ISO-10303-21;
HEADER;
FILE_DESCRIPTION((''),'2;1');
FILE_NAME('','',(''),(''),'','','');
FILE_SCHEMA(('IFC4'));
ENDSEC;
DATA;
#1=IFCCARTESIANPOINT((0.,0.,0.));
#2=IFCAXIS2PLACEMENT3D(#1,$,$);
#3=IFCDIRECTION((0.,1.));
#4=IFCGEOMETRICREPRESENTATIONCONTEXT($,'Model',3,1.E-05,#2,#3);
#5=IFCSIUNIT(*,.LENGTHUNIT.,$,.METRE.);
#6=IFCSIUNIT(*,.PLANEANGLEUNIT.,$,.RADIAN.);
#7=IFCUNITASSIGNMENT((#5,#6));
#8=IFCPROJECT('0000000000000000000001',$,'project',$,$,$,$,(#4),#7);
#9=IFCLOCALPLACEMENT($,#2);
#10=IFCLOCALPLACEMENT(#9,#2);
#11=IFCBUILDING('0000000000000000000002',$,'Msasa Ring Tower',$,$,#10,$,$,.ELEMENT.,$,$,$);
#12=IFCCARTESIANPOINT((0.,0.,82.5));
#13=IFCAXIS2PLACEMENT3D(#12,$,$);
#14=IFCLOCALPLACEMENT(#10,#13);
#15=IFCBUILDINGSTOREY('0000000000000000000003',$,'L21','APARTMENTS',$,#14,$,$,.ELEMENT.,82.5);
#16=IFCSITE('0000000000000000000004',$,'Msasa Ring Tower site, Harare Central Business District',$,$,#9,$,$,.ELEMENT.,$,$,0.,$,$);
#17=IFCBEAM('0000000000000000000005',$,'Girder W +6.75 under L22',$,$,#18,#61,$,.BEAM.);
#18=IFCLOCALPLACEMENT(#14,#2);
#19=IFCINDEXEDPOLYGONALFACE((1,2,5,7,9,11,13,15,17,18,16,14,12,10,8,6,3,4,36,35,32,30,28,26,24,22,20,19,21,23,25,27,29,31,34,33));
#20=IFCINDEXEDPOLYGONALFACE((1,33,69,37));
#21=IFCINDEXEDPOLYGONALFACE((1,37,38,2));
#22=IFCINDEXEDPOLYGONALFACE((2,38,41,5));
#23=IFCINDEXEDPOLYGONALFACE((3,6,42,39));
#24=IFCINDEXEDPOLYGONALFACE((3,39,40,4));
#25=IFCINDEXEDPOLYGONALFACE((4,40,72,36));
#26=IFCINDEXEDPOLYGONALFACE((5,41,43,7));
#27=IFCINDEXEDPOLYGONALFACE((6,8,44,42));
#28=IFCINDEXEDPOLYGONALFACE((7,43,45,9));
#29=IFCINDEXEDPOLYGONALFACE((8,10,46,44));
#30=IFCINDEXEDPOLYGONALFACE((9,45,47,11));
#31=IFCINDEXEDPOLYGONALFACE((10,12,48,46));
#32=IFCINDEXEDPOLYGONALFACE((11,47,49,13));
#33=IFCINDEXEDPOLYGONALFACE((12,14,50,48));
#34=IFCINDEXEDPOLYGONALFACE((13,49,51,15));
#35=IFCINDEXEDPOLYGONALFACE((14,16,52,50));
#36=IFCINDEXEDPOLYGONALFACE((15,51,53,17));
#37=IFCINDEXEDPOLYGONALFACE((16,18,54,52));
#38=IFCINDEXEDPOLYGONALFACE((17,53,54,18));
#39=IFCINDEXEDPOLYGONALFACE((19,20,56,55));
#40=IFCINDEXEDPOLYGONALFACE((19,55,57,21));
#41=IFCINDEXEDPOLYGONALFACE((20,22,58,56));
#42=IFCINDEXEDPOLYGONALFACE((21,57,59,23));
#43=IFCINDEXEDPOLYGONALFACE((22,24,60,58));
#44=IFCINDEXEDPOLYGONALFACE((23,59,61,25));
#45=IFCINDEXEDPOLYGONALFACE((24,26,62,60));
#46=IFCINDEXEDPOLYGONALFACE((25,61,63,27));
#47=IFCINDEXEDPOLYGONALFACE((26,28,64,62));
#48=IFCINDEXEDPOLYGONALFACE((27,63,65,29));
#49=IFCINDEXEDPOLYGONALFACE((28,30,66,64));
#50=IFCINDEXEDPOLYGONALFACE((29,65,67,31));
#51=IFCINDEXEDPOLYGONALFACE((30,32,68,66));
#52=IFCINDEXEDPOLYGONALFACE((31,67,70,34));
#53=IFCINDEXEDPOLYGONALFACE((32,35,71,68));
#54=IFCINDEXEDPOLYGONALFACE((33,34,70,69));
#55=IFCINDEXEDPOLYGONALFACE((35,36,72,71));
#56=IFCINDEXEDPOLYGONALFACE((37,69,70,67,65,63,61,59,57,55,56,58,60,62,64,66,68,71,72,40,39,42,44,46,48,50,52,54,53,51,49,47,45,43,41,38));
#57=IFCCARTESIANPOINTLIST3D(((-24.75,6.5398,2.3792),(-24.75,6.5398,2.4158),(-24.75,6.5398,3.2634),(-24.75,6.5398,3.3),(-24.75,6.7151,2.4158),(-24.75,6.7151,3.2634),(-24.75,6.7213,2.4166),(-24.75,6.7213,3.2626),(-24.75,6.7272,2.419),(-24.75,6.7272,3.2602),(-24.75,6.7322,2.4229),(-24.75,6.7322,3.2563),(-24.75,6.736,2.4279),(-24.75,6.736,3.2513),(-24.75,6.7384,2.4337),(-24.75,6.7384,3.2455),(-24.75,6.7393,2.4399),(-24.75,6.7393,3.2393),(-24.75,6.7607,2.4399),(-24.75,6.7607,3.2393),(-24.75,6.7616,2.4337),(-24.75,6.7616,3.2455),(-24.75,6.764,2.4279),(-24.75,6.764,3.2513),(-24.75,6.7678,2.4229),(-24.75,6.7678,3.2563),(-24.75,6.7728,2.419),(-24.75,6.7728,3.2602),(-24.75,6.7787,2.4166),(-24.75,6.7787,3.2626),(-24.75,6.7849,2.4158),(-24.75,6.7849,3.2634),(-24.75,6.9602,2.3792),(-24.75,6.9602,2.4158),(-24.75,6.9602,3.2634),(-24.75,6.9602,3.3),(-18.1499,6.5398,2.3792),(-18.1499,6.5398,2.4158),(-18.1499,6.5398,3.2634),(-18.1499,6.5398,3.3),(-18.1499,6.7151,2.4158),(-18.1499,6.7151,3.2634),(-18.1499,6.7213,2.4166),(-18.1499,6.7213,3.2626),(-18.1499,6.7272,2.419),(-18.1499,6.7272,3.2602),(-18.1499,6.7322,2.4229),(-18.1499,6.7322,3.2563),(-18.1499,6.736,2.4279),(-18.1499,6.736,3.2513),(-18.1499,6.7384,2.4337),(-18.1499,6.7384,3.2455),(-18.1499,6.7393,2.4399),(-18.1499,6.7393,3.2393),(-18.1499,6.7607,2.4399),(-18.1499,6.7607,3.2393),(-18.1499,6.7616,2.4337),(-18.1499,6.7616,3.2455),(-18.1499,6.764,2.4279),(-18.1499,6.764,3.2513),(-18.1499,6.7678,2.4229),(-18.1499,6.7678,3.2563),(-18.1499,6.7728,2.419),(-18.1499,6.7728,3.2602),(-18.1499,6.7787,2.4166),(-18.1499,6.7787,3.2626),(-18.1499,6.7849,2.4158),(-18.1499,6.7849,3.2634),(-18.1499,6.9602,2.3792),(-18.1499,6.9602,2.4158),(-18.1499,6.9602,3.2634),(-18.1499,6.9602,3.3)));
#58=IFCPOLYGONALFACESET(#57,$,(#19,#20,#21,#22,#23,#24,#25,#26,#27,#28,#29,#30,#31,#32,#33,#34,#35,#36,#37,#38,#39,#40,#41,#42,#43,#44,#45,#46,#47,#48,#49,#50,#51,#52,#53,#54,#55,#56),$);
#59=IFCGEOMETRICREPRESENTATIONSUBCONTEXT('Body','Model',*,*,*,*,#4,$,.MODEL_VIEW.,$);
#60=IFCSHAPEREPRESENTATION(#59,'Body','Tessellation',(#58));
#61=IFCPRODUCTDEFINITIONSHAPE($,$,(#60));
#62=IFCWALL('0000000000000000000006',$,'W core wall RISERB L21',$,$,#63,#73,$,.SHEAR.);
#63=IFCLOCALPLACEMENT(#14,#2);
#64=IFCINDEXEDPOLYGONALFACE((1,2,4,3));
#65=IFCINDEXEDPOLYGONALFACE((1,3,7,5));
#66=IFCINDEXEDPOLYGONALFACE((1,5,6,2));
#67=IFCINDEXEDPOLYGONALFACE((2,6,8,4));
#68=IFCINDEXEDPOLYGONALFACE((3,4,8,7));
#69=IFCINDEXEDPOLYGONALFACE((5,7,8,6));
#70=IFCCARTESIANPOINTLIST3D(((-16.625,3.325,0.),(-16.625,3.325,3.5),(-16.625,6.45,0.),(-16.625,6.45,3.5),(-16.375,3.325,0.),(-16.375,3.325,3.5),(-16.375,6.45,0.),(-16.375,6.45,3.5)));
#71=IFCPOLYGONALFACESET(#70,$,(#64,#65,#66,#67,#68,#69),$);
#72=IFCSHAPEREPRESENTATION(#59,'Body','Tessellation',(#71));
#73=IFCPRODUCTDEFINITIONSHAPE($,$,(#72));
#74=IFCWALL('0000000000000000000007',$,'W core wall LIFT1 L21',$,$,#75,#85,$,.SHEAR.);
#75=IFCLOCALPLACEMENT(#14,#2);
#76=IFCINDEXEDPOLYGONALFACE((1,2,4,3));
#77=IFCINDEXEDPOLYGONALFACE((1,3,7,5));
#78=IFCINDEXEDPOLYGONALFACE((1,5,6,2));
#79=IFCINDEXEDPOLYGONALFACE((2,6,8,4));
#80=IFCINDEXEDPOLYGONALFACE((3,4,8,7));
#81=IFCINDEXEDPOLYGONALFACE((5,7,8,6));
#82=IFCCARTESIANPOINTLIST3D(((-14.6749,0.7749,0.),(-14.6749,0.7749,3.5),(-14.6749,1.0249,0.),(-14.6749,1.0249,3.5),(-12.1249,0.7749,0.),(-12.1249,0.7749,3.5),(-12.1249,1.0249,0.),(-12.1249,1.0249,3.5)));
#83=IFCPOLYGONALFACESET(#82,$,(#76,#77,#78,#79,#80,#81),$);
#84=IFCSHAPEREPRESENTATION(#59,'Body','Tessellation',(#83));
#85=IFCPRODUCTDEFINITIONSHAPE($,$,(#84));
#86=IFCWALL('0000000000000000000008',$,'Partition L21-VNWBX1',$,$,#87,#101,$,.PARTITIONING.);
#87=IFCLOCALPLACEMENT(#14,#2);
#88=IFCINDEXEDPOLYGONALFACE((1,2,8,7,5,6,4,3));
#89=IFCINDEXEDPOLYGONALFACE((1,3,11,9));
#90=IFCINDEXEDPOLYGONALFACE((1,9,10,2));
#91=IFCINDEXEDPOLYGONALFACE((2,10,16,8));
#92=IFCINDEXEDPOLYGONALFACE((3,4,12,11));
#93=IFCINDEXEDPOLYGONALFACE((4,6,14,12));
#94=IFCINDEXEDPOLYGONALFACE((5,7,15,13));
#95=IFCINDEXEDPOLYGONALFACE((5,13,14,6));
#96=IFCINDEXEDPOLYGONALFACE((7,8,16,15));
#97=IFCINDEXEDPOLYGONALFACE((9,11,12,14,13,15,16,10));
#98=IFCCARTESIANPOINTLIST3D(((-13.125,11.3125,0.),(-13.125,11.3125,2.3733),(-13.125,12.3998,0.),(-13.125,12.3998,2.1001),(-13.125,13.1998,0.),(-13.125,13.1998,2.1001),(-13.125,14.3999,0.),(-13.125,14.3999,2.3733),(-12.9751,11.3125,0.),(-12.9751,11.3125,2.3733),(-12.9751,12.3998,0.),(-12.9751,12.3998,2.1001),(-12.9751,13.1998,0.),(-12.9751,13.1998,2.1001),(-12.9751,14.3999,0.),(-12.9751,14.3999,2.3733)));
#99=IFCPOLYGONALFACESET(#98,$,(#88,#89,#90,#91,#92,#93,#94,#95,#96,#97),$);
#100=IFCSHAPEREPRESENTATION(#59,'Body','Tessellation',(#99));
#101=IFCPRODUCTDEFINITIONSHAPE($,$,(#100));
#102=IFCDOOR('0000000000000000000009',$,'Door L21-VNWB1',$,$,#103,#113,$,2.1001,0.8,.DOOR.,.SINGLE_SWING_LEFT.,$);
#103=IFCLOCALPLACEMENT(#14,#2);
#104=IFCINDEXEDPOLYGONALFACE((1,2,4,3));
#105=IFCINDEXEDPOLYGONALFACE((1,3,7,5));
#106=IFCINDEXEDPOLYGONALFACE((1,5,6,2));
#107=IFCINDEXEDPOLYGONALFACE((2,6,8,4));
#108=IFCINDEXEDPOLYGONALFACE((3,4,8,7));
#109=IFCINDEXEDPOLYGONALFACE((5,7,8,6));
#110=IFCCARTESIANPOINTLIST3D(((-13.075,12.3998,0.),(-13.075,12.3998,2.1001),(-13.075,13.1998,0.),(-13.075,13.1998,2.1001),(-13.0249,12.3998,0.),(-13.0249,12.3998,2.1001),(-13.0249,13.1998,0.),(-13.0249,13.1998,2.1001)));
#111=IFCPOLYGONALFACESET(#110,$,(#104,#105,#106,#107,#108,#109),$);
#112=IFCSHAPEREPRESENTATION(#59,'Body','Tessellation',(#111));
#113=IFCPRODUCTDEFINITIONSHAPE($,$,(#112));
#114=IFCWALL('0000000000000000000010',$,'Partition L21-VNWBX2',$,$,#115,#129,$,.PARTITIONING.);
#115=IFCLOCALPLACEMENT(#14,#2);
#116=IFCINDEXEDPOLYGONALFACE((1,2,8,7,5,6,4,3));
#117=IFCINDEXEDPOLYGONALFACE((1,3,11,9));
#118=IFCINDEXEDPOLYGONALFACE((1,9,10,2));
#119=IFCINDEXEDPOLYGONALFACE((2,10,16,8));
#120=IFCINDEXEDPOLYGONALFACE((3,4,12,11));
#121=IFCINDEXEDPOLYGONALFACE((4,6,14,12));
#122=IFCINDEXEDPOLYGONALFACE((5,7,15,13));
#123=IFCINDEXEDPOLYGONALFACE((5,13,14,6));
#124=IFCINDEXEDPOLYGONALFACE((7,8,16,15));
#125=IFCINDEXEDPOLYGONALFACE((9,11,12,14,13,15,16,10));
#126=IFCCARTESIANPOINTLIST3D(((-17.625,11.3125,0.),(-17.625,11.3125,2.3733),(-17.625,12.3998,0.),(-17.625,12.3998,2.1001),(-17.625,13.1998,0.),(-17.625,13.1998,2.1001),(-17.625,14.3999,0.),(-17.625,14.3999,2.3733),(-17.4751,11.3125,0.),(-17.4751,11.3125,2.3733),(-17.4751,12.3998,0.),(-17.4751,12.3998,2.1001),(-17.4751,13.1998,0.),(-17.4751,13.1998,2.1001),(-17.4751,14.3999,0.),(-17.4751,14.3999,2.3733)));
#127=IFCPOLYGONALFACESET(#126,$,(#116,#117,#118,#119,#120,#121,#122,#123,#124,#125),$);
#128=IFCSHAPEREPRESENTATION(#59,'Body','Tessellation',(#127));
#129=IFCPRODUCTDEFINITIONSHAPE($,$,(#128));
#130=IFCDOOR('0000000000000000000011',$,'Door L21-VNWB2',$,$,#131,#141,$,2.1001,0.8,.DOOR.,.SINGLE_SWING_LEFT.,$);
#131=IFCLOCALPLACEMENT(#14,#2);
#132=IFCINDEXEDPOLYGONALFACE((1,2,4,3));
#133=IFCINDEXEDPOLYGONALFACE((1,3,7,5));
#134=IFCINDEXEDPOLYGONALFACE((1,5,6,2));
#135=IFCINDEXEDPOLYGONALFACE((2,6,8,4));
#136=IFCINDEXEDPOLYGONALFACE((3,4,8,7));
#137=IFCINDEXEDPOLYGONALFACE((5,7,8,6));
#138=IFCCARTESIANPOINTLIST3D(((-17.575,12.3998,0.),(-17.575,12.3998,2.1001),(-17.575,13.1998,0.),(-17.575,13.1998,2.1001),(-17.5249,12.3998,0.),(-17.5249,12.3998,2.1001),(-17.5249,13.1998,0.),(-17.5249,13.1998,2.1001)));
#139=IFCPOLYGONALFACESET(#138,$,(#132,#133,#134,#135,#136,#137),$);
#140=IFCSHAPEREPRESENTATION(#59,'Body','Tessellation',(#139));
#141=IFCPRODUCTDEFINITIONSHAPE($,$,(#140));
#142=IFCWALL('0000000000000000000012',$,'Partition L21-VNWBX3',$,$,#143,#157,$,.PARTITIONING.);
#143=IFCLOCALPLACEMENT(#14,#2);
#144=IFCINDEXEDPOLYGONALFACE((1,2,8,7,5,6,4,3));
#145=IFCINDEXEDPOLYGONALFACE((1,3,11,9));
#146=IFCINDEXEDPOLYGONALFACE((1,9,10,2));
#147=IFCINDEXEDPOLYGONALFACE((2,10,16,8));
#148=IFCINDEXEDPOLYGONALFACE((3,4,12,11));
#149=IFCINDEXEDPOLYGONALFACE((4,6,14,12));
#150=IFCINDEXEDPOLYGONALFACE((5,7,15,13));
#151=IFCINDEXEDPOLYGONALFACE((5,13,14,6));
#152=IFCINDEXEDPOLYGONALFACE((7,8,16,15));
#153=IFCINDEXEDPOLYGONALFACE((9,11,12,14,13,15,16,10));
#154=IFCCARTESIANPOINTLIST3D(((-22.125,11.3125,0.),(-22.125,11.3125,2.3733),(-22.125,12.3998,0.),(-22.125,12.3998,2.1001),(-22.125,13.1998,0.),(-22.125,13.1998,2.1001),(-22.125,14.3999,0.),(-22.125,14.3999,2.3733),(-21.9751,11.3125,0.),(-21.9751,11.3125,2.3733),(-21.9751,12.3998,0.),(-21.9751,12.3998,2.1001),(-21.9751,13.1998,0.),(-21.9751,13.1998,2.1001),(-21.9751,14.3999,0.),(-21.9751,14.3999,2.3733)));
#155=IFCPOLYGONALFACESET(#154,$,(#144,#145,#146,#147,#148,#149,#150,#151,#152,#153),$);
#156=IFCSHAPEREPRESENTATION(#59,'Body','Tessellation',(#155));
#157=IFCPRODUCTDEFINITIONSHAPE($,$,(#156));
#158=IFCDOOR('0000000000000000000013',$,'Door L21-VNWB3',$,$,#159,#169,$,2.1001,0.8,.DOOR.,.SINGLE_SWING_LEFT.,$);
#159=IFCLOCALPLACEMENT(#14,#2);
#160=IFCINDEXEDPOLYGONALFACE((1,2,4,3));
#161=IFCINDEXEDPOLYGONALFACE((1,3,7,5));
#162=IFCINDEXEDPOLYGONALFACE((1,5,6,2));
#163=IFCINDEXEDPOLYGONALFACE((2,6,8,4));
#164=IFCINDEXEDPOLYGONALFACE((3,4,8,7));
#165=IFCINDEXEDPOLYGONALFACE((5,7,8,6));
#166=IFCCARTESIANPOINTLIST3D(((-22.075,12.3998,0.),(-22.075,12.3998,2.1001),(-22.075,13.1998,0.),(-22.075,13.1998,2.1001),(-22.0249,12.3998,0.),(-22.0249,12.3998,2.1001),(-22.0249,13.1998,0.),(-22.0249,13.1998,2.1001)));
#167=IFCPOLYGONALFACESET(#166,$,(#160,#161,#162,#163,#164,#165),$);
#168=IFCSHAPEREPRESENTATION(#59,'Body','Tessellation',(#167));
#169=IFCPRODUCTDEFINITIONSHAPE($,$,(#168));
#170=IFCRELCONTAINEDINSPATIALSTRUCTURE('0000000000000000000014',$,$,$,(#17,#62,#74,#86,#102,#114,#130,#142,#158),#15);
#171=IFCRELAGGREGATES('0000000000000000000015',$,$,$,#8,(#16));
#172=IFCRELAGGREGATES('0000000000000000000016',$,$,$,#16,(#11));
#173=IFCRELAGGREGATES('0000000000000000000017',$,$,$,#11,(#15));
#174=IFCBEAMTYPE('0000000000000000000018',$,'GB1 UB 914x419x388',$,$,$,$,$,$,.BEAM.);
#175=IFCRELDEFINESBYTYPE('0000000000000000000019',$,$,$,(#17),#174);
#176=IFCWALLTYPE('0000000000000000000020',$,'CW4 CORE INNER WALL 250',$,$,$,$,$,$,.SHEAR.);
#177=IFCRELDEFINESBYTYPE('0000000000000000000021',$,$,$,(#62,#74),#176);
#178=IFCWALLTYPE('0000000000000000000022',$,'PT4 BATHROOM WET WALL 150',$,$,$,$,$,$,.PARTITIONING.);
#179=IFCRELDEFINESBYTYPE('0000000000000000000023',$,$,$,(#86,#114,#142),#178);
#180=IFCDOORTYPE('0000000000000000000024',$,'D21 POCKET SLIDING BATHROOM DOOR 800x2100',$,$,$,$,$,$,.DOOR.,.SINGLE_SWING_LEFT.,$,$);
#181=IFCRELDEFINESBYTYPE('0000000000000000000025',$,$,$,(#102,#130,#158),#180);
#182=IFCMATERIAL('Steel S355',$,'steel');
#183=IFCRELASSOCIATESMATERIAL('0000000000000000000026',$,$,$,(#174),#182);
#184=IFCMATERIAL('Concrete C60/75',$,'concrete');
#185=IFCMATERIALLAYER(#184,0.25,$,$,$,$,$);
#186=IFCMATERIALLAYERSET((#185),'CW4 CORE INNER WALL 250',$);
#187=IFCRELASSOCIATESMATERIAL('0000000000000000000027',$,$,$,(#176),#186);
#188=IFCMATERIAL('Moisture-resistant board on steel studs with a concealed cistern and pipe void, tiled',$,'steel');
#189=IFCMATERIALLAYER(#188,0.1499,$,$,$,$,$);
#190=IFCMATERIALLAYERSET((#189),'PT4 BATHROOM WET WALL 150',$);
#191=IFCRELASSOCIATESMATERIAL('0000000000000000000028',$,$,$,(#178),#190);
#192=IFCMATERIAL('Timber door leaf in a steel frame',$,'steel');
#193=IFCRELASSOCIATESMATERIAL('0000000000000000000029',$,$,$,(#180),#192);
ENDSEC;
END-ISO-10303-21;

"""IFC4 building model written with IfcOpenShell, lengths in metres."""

from ifc_helpers import new_model, si_unit, direction, frame, frame_2d, origin, origin_2d, place, context, subcontext, project, spatial, rectangle, i_section, extrude, material, layer, layer_set, material_profile, profile_set, type_object, element, fill, save


model = new_model("IFC4")

# Units and contexts
model_context = context("Model", 3, precision=1e-05, world=origin(), true_north=direction((0.0, 1.0)))
body_context = subcontext(model_context, "Body", "Model", "MODEL_VIEW")
ifc_project = project(units=[si_unit("LENGTHUNIT", "METRE"), si_unit("PLANEANGLEUNIT", "RADIAN")], contexts=[model_context])

# Site, building, storey
site_placement = place(None, origin())
site = spatial("IfcSite", under=ifc_project, at=site_placement, Name="Msasa Ring Tower site, Harare Central Business District", CompositionType="ELEMENT", RefElevation=0.0)
building_placement = place(site_placement, origin())
building = spatial("IfcBuilding", under=site, at=building_placement, Name="Msasa Ring Tower", CompositionType="ELEMENT")
storey_placement = place(building_placement, frame((0.0, 0.0, 82.5)))
storey = spatial("IfcBuildingStorey", under=building, at=storey_placement, Name="L21", Description="APARTMENTS", CompositionType="ELEMENT", Elevation=82.5)

# Beam
ifc_material_1 = material(Name="Steel S355", Category="steel")
ifc_material_profile = material_profile(ifc_material_1, i_section(OverallWidth=0.4204, OverallDepth=0.9209, WebThickness=0.0215, FlangeThickness=0.0366, FilletRadius=0.0242, at=origin_2d()), Name="UB 914x419x388")
ifc_profile_set = profile_set([ifc_material_profile], Name="Steel S355")
beam_type = type_object("IfcBeamType", Name="GB1 UB 914x419x388", PredefinedType="BEAM", material=ifc_profile_set)
beam_placement = place(storey_placement, frame((-18.1499, 6.75, 2.8396), z_axis=(-1.0, 0.0, 0.0), x_axis=(0.0, -1.0, 0.0)))
element("IfcBeam", 1, at=beam_placement, inside=storey, type_object=beam_type, Name="Girder W +6.75 under L22", PredefinedType="BEAM", context=body_context, shape_type="SweptSolid", body=[
    extrude(i_section(OverallWidth=0.4204, OverallDepth=0.9209, WebThickness=0.0215, FlangeThickness=0.0366, FilletRadius=0.0242, at=origin_2d()), origin(), (0.0, 0.0, 1.0), 6.6001),
])

# Walls
ifc_material_2 = material(Name="Concrete C60/75", Category="concrete")
ifc_layer_1 = layer(ifc_material_2, 0.25)
ifc_layer_set_1 = layer_set([ifc_layer_1], Name="CW4 CORE INNER WALL 250")
wall_type_1 = type_object("IfcWallType", Name="CW4 CORE INNER WALL 250", PredefinedType="SHEAR", material=ifc_layer_set_1)
wall_1_placement = place(storey_placement, frame((-16.5, 3.325, 0.0), z_axis=(0.0, 0.0, 1.0), x_axis=(0.0, 1.0, 0.0)))
element("IfcWall", 2, at=wall_1_placement, inside=storey, type_object=wall_type_1, Name="W core wall RISERB L21", PredefinedType="SHEAR", context=body_context, shape_type="SweptSolid", body=[
    extrude(rectangle(XDim=3.125, YDim=0.25, at=frame_2d((1.5625, 0.0))), origin(), (0.0, 0.0, 1.0), 3.5),
])
wall_2_placement = place(storey_placement, frame((-12.125, 0.8999, 0.0), z_axis=(0.0, 0.0, 1.0), x_axis=(-1.0, 0.0, 0.0)))
element("IfcWall", 3, at=wall_2_placement, inside=storey, type_object=wall_type_1, Name="W core wall LIFT1 L21", PredefinedType="SHEAR", context=body_context, shape_type="SweptSolid", body=[
    extrude(rectangle(XDim=2.55, YDim=0.25, at=frame_2d((1.2749, 0.0))), origin(), (0.0, 0.0, 1.0), 3.5),
])

# Walls, openings, doors
ifc_material_3 = material(Name="Moisture-resistant board on steel studs with a concealed cistern and pipe void, tiled", Category="steel")
ifc_layer_2 = layer(ifc_material_3, 0.1499)
ifc_layer_set_2 = layer_set([ifc_layer_2], Name="PT4 BATHROOM WET WALL 150")
wall_type_2 = type_object("IfcWallType", Name="PT4 BATHROOM WET WALL 150", PredefinedType="PARTITIONING", material=ifc_layer_set_2)
wall_3_placement = place(storey_placement, frame((-13.05, 11.3125, 0.0), z_axis=(0.0, 0.0, 1.0), x_axis=(0.0, 1.0, 0.0)))
wall_3 = element("IfcWall", 4, at=wall_3_placement, inside=storey, type_object=wall_type_2, Name="Partition L21-VNWBX1", PredefinedType="PARTITIONING", context=body_context, shape_type="SweptSolid", body=[
    extrude(rectangle(XDim=3.0874, YDim=0.1499, at=frame_2d((1.5437, 0.0))), origin(), (0.0, 0.0, 1.0), 2.3733),
])
opening_1_placement = place(wall_3_placement, frame((1.0874, 0.0, 0.0)))
opening_1 = element("IfcOpeningElement", 5, at=opening_1_placement, cuts=wall_3, PredefinedType="OPENING", context=body_context, shape_type="SweptSolid", body=[
    extrude(rectangle(XDim=0.8, YDim=2.1001, at=frame_2d((0.3999, 1.05))), frame((0.0, 0.085, 0.0), z_axis=(0.0, -1.0, 0.0), x_axis=(1.0, 0.0, 0.0)), (0.0, 0.0, 1.0), 0.1699),
])
ifc_material_4 = material(Name="Timber door leaf in a steel frame", Category="steel")
door_type = type_object("IfcDoorType", Name="D21 POCKET SLIDING BATHROOM DOOR 800x2100", OperationType="SINGLE_SWING_LEFT", PredefinedType="DOOR", material=ifc_material_4)
door_1_placement = place(opening_1_placement, origin())
door_1 = element("IfcDoor", 6, at=door_1_placement, inside=storey, type_object=door_type, Name="Door L21-VNWB1", OperationType="SINGLE_SWING_LEFT", OverallHeight=2.1001, OverallWidth=0.8, PredefinedType="DOOR", context=body_context, shape_type="SweptSolid", body=[
    extrude(rectangle(XDim=0.8, YDim=2.1001, at=frame_2d((0.3999, 1.05))), frame((0.0, 0.0249, 0.0), z_axis=(0.0, -1.0, 0.0), x_axis=(1.0, 0.0, 0.0)), (0.0, 0.0, 1.0), 0.05),
])
fill(opening_1, door_1)
wall_4_placement = place(storey_placement, frame((-17.55, 11.3125, 0.0), z_axis=(0.0, 0.0, 1.0), x_axis=(0.0, 1.0, 0.0)))
wall_4 = element("IfcWall", 7, at=wall_4_placement, inside=storey, type_object=wall_type_2, Name="Partition L21-VNWBX2", PredefinedType="PARTITIONING", context=body_context, shape_type="SweptSolid", body=[
    extrude(rectangle(XDim=3.0874, YDim=0.1499, at=frame_2d((1.5437, 0.0))), origin(), (0.0, 0.0, 1.0), 2.3733),
])
opening_2_placement = place(wall_4_placement, frame((1.0874, 0.0, 0.0)))
opening_2 = element("IfcOpeningElement", 8, at=opening_2_placement, cuts=wall_4, PredefinedType="OPENING", context=body_context, shape_type="SweptSolid", body=[
    extrude(rectangle(XDim=0.8, YDim=2.1001, at=frame_2d((0.3999, 1.05))), frame((0.0, 0.085, 0.0), z_axis=(0.0, -1.0, 0.0), x_axis=(1.0, 0.0, 0.0)), (0.0, 0.0, 1.0), 0.1699),
])
door_2_placement = place(opening_2_placement, origin())
door_2 = element("IfcDoor", 9, at=door_2_placement, inside=storey, type_object=door_type, Name="Door L21-VNWB2", OperationType="SINGLE_SWING_LEFT", OverallHeight=2.1001, OverallWidth=0.8, PredefinedType="DOOR", context=body_context, shape_type="SweptSolid", body=[
    extrude(rectangle(XDim=0.8, YDim=2.1001, at=frame_2d((0.3999, 1.05))), frame((0.0, 0.0249, 0.0), z_axis=(0.0, -1.0, 0.0), x_axis=(1.0, 0.0, 0.0)), (0.0, 0.0, 1.0), 0.05),
])
fill(opening_2, door_2)
wall_5_placement = place(storey_placement, frame((-22.05, 11.3125, 0.0), z_axis=(0.0, 0.0, 1.0), x_axis=(0.0, 1.0, 0.0)))
wall_5 = element("IfcWall", 10, at=wall_5_placement, inside=storey, type_object=wall_type_2, Name="Partition L21-VNWBX3", PredefinedType="PARTITIONING", context=body_context, shape_type="SweptSolid", body=[
    extrude(rectangle(XDim=3.0874, YDim=0.1499, at=frame_2d((1.5437, 0.0))), origin(), (0.0, 0.0, 1.0), 2.3733),
])
opening_3_placement = place(wall_5_placement, frame((1.0874, 0.0, 0.0)))
opening_3 = element("IfcOpeningElement", 11, at=opening_3_placement, cuts=wall_5, PredefinedType="OPENING", context=body_context, shape_type="SweptSolid", body=[
    extrude(rectangle(XDim=0.8, YDim=2.1001, at=frame_2d((0.3999, 1.05))), frame((0.0, 0.085, 0.0), z_axis=(0.0, -1.0, 0.0), x_axis=(1.0, 0.0, 0.0)), (0.0, 0.0, 1.0), 0.1699),
])
door_3_placement = place(opening_3_placement, origin())
door_3 = element("IfcDoor", 12, at=door_3_placement, inside=storey, type_object=door_type, Name="Door L21-VNWB3", OperationType="SINGLE_SWING_LEFT", OverallHeight=2.1001, OverallWidth=0.8, PredefinedType="DOOR", context=body_context, shape_type="SweptSolid", body=[
    extrude(rectangle(XDim=0.8, YDim=2.1001, at=frame_2d((0.3999, 1.05))), frame((0.0, 0.0249, 0.0), z_axis=(0.0, -1.0, 0.0), x_axis=(1.0, 0.0, 0.0)), (0.0, 0.0, 1.0), 0.05),
])
fill(opening_3, door_3)

save(model, "model.ifc")
